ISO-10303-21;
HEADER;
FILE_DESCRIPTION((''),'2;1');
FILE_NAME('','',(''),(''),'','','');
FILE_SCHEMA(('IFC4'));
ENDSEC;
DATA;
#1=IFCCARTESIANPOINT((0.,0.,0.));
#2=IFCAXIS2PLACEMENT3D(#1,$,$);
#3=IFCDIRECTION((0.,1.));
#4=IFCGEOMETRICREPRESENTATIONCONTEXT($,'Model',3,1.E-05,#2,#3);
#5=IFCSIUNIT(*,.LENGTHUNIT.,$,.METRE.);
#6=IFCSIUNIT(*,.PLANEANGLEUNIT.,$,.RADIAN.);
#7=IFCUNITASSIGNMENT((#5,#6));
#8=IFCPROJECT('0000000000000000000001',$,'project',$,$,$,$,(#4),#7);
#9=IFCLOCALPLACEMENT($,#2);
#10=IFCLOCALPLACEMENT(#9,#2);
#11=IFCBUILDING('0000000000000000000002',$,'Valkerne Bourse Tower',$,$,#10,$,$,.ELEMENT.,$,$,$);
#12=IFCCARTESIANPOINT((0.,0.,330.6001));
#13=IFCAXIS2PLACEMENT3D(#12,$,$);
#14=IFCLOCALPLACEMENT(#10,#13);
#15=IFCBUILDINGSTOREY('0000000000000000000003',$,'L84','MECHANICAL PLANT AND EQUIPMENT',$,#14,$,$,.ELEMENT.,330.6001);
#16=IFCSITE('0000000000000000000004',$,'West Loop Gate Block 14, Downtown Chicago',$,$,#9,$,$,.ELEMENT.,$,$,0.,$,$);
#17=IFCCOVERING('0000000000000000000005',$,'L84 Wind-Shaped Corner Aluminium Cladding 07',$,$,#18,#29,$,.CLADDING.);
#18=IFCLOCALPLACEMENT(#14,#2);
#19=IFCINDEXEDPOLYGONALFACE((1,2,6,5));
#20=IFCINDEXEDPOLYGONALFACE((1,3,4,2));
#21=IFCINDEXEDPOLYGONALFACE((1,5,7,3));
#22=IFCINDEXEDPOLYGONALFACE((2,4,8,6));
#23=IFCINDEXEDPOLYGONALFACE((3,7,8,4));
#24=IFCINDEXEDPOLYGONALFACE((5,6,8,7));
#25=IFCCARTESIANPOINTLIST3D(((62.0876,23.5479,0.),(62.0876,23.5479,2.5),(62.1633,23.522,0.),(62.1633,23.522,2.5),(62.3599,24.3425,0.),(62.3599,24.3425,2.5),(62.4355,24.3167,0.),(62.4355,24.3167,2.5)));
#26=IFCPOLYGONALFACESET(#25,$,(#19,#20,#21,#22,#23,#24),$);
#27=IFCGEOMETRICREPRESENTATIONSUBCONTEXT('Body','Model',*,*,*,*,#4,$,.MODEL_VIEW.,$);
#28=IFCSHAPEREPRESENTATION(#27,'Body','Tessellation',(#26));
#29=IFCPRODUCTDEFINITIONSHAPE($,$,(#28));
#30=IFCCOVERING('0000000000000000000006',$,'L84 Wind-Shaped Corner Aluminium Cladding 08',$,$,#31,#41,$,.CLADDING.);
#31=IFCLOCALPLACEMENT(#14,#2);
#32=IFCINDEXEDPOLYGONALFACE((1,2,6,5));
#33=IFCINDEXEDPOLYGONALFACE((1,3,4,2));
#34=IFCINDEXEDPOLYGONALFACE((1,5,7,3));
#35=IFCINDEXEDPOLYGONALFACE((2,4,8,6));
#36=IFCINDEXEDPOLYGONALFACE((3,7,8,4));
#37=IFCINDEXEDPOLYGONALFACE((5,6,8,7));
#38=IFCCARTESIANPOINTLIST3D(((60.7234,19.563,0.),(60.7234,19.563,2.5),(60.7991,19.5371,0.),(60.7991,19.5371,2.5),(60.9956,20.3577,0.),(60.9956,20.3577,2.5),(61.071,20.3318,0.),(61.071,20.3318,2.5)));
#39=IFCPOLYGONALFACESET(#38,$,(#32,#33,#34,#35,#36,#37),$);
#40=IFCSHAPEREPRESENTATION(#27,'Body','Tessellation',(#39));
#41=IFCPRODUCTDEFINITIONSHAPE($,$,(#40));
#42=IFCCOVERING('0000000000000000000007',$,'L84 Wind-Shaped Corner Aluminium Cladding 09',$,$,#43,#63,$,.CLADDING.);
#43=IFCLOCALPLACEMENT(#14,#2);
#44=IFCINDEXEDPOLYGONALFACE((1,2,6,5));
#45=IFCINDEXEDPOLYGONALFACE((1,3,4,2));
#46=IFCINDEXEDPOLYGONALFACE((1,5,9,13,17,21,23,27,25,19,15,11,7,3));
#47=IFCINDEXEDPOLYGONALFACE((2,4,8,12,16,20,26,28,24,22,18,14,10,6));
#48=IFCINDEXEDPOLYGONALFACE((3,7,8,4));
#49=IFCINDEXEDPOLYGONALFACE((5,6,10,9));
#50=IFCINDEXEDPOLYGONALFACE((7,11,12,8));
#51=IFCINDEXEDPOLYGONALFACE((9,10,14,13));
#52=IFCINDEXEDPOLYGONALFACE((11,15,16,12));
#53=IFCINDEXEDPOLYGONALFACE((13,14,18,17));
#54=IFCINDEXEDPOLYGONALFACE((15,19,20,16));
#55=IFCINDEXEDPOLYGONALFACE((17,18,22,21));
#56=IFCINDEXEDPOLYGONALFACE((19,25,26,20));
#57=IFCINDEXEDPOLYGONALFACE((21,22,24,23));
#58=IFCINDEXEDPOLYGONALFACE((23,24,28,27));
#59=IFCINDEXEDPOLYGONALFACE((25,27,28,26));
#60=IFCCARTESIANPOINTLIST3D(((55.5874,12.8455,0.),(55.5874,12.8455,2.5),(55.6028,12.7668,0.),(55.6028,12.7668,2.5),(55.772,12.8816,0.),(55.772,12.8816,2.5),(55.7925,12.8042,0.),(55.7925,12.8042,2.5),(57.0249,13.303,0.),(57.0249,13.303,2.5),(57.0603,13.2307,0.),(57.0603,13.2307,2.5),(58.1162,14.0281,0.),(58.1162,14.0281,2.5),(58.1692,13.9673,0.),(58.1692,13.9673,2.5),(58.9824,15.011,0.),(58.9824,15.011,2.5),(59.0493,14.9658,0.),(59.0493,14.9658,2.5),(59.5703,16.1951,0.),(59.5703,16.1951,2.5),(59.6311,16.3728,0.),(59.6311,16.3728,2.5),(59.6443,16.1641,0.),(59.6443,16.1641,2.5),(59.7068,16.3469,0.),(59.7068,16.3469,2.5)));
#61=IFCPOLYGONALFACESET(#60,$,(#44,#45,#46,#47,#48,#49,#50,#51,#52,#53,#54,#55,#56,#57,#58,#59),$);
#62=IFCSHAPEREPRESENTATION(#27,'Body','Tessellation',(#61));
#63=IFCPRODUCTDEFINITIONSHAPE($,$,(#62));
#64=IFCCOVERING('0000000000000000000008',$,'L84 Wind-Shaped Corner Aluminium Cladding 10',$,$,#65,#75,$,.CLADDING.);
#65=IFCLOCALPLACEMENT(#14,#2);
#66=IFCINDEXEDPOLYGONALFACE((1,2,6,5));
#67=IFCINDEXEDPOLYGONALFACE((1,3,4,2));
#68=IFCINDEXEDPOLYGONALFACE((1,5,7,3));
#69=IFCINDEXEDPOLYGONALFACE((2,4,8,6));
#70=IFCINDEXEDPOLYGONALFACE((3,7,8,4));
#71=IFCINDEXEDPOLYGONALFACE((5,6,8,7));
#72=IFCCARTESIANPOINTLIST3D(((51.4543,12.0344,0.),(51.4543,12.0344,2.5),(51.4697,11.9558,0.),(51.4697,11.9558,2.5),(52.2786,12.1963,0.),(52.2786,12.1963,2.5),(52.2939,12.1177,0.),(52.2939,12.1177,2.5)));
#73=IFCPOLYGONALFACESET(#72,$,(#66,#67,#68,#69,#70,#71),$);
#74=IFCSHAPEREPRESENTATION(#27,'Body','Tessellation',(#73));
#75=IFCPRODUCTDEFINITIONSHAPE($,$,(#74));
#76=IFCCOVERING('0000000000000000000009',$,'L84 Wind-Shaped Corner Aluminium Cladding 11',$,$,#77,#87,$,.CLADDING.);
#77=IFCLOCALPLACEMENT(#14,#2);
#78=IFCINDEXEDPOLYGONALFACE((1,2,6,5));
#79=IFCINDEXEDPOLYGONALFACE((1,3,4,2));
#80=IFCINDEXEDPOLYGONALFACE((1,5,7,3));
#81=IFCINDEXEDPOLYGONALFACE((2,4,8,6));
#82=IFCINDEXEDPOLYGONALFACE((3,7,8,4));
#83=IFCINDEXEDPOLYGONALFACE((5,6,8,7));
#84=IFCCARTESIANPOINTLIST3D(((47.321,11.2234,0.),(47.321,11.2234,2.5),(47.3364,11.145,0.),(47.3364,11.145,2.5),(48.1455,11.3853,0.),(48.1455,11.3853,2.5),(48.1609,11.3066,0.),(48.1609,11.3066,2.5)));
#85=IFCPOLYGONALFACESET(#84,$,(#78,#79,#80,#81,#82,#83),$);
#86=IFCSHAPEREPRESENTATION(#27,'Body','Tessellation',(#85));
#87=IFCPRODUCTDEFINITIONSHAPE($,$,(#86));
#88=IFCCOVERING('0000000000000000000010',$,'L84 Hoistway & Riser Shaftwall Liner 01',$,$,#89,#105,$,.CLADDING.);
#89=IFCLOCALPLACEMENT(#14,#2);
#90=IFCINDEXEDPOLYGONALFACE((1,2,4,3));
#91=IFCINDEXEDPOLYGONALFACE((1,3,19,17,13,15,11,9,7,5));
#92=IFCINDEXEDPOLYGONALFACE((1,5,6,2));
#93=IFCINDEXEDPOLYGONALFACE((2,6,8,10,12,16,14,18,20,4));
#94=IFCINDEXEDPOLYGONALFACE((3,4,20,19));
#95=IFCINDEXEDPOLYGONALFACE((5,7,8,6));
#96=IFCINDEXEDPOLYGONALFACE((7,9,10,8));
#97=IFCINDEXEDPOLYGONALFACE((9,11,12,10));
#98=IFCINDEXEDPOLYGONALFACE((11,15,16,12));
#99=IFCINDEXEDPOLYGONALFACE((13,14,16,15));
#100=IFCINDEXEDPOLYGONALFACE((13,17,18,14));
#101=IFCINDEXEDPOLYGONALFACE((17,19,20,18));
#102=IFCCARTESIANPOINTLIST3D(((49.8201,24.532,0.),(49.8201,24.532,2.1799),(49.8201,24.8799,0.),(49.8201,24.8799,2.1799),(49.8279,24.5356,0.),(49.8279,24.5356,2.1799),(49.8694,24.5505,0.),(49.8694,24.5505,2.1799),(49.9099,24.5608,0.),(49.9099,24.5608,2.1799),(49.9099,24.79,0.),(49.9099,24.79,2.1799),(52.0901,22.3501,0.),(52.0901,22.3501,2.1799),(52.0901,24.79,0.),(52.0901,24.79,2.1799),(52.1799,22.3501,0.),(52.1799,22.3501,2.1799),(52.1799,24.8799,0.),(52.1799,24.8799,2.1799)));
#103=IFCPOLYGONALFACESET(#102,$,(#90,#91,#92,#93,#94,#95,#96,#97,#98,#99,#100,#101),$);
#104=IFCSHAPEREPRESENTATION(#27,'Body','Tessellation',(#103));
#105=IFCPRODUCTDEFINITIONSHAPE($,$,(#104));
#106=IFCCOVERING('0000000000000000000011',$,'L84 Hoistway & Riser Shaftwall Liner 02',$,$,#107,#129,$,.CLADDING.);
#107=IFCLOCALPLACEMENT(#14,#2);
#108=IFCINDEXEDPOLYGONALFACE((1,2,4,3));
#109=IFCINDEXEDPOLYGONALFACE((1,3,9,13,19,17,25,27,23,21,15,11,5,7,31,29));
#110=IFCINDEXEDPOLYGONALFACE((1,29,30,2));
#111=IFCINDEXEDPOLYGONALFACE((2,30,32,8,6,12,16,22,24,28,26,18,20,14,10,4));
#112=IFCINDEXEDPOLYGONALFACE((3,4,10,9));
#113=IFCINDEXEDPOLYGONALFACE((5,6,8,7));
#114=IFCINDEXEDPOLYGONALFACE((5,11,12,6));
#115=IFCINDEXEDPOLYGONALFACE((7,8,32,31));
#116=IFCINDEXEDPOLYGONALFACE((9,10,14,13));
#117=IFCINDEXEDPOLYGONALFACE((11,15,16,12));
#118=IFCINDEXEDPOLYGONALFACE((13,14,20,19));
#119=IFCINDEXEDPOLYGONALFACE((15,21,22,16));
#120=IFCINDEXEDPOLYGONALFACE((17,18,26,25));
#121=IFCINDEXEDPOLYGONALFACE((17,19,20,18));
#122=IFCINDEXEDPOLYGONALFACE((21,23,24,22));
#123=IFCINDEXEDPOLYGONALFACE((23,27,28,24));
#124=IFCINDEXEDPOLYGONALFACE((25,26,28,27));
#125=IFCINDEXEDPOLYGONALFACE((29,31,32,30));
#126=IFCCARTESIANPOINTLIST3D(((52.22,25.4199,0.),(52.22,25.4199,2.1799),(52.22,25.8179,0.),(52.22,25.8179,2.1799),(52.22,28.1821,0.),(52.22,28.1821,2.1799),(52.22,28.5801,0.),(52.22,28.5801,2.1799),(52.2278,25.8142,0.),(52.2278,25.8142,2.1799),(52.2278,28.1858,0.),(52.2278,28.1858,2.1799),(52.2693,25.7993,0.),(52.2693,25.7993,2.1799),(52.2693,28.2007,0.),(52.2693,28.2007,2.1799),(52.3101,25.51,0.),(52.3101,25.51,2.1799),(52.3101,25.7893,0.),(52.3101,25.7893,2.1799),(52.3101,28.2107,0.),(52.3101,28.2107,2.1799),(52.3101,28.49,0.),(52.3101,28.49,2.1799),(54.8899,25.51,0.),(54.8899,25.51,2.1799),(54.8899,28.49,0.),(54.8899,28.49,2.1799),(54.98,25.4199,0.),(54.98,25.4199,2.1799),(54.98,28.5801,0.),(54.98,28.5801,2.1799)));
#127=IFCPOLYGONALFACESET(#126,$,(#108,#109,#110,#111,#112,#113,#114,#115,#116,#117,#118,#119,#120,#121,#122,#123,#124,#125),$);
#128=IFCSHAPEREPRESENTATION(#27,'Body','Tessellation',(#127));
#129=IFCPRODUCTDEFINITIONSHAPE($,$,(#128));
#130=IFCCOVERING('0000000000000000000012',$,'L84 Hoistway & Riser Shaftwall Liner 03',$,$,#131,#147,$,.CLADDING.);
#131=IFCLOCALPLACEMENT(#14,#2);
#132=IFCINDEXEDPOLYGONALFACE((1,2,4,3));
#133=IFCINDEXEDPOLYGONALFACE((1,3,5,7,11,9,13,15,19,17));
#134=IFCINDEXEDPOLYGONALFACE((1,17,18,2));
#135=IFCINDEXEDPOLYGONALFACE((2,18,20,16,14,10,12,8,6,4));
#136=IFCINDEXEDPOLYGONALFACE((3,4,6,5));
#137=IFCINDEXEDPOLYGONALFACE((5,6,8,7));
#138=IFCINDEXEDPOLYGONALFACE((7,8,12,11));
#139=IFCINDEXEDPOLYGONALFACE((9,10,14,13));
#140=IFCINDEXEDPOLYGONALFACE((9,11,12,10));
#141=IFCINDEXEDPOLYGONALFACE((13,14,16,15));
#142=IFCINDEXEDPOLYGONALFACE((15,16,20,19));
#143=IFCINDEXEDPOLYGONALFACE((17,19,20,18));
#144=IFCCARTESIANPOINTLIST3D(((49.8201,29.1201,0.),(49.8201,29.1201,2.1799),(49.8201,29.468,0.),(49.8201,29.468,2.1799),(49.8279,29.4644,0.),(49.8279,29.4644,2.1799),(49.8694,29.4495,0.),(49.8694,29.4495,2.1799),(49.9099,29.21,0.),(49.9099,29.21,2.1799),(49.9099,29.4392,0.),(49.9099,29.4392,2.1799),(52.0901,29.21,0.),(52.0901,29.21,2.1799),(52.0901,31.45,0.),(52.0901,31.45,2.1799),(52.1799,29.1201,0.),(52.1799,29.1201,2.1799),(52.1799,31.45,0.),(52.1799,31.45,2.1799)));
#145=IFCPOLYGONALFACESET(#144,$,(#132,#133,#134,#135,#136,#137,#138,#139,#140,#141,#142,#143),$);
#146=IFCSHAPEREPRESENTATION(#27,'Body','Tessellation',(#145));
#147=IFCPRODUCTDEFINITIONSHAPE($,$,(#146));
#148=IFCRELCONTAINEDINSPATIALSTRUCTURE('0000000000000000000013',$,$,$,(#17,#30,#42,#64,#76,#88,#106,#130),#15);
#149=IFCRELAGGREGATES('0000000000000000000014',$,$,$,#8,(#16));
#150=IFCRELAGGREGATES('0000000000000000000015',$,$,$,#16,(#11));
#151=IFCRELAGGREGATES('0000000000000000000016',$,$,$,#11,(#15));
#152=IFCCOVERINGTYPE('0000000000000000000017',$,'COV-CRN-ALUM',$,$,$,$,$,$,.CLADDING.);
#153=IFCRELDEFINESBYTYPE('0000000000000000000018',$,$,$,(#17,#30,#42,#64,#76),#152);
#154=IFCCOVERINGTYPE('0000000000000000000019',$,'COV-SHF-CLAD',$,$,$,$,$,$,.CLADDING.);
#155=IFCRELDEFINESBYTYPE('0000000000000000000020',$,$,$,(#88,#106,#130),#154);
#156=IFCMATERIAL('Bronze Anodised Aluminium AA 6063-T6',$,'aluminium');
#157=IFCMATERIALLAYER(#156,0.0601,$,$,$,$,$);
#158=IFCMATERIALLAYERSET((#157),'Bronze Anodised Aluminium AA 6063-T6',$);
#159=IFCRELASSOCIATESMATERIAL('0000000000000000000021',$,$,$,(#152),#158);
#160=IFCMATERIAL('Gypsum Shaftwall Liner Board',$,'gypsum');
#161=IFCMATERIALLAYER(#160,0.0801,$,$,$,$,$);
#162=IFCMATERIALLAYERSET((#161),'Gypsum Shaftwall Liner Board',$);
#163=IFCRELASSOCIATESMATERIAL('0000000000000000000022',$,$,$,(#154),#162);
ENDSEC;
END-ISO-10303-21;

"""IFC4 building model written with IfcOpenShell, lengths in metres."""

from ifc_helpers import new_model, si_unit, direction, frame, origin, place, context, subcontext, project, spatial, polyline, outline, extrude, material, layer, layer_set, type_object, element, save


model = new_model("IFC4")

# Units and contexts
model_context = context("Model", 3, precision=1e-05, world=origin(), true_north=direction((0.0, 1.0)))
body_context = subcontext(model_context, "Body", "Model", "MODEL_VIEW")
ifc_project = project(units=[si_unit("LENGTHUNIT", "METRE"), si_unit("PLANEANGLEUNIT", "RADIAN")], contexts=[model_context])

# Site, building, storey
site_placement = place(None, origin())
site = spatial("IfcSite", under=ifc_project, at=site_placement, Name="West Loop Gate Block 14, Downtown Chicago", CompositionType="ELEMENT", RefElevation=0.0)
building_placement = place(site_placement, origin())
building = spatial("IfcBuilding", under=site, at=building_placement, Name="Valkerne Bourse Tower", CompositionType="ELEMENT")
storey_placement = place(building_placement, frame((0.0, 0.0, 330.6001)))
storey = spatial("IfcBuildingStorey", under=building, at=storey_placement, Name="L84", Description="MECHANICAL PLANT AND EQUIPMENT", CompositionType="ELEMENT", Elevation=330.6001)

# Shared definitions
ifc_material_1 = material(Name="Bronze Anodised Aluminium AA 6063-T6", Category="aluminium")

# Coverings
ifc_layer_1 = layer(ifc_material_1, 0.0601)
ifc_layer_set_1 = layer_set([ifc_layer_1], Name="Bronze Anodised Aluminium AA 6063-T6")
covering_type_1 = type_object("IfcCoveringType", Name="COV-CRN-ALUM", PredefinedType="CLADDING", material=ifc_layer_set_1)
covering_1_placement = place(storey_placement, origin())
element("IfcCovering", 1, at=covering_1_placement, inside=storey, type_object=covering_type_1, Name="L84 Wind-Shaped Corner Aluminium Cladding 07", PredefinedType="CLADDING", context=body_context, shape_type="SweptSolid", body=[
    extrude(outline(polyline([(62.1633, 23.522), (62.0876, 23.5479), (62.3599, 24.3425), (62.4355, 24.3167), (62.1633, 23.522)])), origin(), (0.0, 0.0, 1.0), 2.5),
])
covering_2_placement = place(storey_placement, origin())
element("IfcCovering", 2, at=covering_2_placement, inside=storey, type_object=covering_type_1, Name="L84 Wind-Shaped Corner Aluminium Cladding 08", PredefinedType="CLADDING", context=body_context, shape_type="SweptSolid", body=[
    extrude(outline(polyline([(60.7991, 19.5371), (60.7234, 19.563), (60.9956, 20.3577), (61.071, 20.3318), (60.7991, 19.5371)])), origin(), (0.0, 0.0, 1.0), 2.5),
])
covering_3_placement = place(storey_placement, origin())
element("IfcCovering", 3, at=covering_3_placement, inside=storey, type_object=covering_type_1, Name="L84 Wind-Shaped Corner Aluminium Cladding 09", PredefinedType="CLADDING", context=body_context, shape_type="SweptSolid", body=[
    extrude(outline(polyline([(59.6443, 16.1641), (59.0493, 14.9658), (58.1692, 13.9673), (57.0603, 13.2307), (55.7925, 12.8042), (55.6028, 12.7668), (55.5874, 12.8455), (55.772, 12.8816), (57.0249, 13.303), (58.1162, 14.0281), (58.9824, 15.011), (59.5703, 16.1951), (59.6311, 16.3728), (59.7068, 16.3469), (59.6443, 16.1641)])), origin(), (0.0, 0.0, 1.0), 2.5),
])
covering_4_placement = place(storey_placement, origin())
element("IfcCovering", 4, at=covering_4_placement, inside=storey, type_object=covering_type_1, Name="L84 Wind-Shaped Corner Aluminium Cladding 10", PredefinedType="CLADDING", context=body_context, shape_type="SweptSolid", body=[
    extrude(outline(polyline([(51.4697, 11.9558), (51.4543, 12.0344), (52.2786, 12.1963), (52.2939, 12.1177), (51.4697, 11.9558)])), origin(), (0.0, 0.0, 1.0), 2.5),
])
covering_5_placement = place(storey_placement, origin())
element("IfcCovering", 5, at=covering_5_placement, inside=storey, type_object=covering_type_1, Name="L84 Wind-Shaped Corner Aluminium Cladding 11", PredefinedType="CLADDING", context=body_context, shape_type="SweptSolid", body=[
    extrude(outline(polyline([(47.3364, 11.145), (47.321, 11.2234), (48.1455, 11.3853), (48.1609, 11.3066), (47.3364, 11.145)])), origin(), (0.0, 0.0, 1.0), 2.5),
])
ifc_material_2 = material(Name="Gypsum Shaftwall Liner Board", Category="gypsum")
ifc_layer_2 = layer(ifc_material_2, 0.0801)
ifc_layer_set_2 = layer_set([ifc_layer_2], Name="Gypsum Shaftwall Liner Board")
covering_type_2 = type_object("IfcCoveringType", Name="COV-SHF-CLAD", PredefinedType="CLADDING", material=ifc_layer_set_2)
covering_6_placement = place(storey_placement, origin())
element("IfcCovering", 6, at=covering_6_placement, inside=storey, type_object=covering_type_2, Name="L84 Hoistway & Riser Shaftwall Liner 01", PredefinedType="CLADDING", context=body_context, shape_type="SweptSolid", body=[
    extrude(outline(polyline([(52.0901, 22.3501), (52.0901, 24.79), (49.9099, 24.79), (49.9099, 24.5608), (49.8694, 24.5505), (49.8279, 24.5356), (49.8201, 24.532), (49.8201, 24.8799), (52.1799, 24.8799), (52.1799, 22.3501), (52.0901, 22.3501)])), origin(), (0.0, 0.0, 1.0), 2.1799),
])
covering_7_placement = place(storey_placement, origin())
element("IfcCovering", 7, at=covering_7_placement, inside=storey, type_object=covering_type_2, Name="L84 Hoistway & Riser Shaftwall Liner 02", PredefinedType="CLADDING", context=body_context, shape_type="SweptSolid", body=[
    extrude(outline(polyline([(52.22, 25.8179), (52.2278, 25.8142), (52.2693, 25.7993), (52.3101, 25.7893), (52.3101, 25.51), (54.8899, 25.51), (54.8899, 28.49), (52.3101, 28.49), (52.3101, 28.2107), (52.2693, 28.2007), (52.2278, 28.1858), (52.22, 28.1821), (52.22, 28.5801), (54.98, 28.5801), (54.98, 25.4199), (52.22, 25.4199), (52.22, 25.8179)])), origin(), (0.0, 0.0, 1.0), 2.1799),
])
covering_8_placement = place(storey_placement, origin())
element("IfcCovering", 8, at=covering_8_placement, inside=storey, type_object=covering_type_2, Name="L84 Hoistway & Riser Shaftwall Liner 03", PredefinedType="CLADDING", context=body_context, shape_type="SweptSolid", body=[
    extrude(outline(polyline([(49.8201, 29.468), (49.8279, 29.4644), (49.8694, 29.4495), (49.9099, 29.4392), (49.9099, 29.21), (52.0901, 29.21), (52.0901, 31.45), (52.1799, 31.45), (52.1799, 29.1201), (49.8201, 29.1201), (49.8201, 29.468)])), origin(), (0.0, 0.0, 1.0), 2.1799),
])

save(model, "model.ifc")
